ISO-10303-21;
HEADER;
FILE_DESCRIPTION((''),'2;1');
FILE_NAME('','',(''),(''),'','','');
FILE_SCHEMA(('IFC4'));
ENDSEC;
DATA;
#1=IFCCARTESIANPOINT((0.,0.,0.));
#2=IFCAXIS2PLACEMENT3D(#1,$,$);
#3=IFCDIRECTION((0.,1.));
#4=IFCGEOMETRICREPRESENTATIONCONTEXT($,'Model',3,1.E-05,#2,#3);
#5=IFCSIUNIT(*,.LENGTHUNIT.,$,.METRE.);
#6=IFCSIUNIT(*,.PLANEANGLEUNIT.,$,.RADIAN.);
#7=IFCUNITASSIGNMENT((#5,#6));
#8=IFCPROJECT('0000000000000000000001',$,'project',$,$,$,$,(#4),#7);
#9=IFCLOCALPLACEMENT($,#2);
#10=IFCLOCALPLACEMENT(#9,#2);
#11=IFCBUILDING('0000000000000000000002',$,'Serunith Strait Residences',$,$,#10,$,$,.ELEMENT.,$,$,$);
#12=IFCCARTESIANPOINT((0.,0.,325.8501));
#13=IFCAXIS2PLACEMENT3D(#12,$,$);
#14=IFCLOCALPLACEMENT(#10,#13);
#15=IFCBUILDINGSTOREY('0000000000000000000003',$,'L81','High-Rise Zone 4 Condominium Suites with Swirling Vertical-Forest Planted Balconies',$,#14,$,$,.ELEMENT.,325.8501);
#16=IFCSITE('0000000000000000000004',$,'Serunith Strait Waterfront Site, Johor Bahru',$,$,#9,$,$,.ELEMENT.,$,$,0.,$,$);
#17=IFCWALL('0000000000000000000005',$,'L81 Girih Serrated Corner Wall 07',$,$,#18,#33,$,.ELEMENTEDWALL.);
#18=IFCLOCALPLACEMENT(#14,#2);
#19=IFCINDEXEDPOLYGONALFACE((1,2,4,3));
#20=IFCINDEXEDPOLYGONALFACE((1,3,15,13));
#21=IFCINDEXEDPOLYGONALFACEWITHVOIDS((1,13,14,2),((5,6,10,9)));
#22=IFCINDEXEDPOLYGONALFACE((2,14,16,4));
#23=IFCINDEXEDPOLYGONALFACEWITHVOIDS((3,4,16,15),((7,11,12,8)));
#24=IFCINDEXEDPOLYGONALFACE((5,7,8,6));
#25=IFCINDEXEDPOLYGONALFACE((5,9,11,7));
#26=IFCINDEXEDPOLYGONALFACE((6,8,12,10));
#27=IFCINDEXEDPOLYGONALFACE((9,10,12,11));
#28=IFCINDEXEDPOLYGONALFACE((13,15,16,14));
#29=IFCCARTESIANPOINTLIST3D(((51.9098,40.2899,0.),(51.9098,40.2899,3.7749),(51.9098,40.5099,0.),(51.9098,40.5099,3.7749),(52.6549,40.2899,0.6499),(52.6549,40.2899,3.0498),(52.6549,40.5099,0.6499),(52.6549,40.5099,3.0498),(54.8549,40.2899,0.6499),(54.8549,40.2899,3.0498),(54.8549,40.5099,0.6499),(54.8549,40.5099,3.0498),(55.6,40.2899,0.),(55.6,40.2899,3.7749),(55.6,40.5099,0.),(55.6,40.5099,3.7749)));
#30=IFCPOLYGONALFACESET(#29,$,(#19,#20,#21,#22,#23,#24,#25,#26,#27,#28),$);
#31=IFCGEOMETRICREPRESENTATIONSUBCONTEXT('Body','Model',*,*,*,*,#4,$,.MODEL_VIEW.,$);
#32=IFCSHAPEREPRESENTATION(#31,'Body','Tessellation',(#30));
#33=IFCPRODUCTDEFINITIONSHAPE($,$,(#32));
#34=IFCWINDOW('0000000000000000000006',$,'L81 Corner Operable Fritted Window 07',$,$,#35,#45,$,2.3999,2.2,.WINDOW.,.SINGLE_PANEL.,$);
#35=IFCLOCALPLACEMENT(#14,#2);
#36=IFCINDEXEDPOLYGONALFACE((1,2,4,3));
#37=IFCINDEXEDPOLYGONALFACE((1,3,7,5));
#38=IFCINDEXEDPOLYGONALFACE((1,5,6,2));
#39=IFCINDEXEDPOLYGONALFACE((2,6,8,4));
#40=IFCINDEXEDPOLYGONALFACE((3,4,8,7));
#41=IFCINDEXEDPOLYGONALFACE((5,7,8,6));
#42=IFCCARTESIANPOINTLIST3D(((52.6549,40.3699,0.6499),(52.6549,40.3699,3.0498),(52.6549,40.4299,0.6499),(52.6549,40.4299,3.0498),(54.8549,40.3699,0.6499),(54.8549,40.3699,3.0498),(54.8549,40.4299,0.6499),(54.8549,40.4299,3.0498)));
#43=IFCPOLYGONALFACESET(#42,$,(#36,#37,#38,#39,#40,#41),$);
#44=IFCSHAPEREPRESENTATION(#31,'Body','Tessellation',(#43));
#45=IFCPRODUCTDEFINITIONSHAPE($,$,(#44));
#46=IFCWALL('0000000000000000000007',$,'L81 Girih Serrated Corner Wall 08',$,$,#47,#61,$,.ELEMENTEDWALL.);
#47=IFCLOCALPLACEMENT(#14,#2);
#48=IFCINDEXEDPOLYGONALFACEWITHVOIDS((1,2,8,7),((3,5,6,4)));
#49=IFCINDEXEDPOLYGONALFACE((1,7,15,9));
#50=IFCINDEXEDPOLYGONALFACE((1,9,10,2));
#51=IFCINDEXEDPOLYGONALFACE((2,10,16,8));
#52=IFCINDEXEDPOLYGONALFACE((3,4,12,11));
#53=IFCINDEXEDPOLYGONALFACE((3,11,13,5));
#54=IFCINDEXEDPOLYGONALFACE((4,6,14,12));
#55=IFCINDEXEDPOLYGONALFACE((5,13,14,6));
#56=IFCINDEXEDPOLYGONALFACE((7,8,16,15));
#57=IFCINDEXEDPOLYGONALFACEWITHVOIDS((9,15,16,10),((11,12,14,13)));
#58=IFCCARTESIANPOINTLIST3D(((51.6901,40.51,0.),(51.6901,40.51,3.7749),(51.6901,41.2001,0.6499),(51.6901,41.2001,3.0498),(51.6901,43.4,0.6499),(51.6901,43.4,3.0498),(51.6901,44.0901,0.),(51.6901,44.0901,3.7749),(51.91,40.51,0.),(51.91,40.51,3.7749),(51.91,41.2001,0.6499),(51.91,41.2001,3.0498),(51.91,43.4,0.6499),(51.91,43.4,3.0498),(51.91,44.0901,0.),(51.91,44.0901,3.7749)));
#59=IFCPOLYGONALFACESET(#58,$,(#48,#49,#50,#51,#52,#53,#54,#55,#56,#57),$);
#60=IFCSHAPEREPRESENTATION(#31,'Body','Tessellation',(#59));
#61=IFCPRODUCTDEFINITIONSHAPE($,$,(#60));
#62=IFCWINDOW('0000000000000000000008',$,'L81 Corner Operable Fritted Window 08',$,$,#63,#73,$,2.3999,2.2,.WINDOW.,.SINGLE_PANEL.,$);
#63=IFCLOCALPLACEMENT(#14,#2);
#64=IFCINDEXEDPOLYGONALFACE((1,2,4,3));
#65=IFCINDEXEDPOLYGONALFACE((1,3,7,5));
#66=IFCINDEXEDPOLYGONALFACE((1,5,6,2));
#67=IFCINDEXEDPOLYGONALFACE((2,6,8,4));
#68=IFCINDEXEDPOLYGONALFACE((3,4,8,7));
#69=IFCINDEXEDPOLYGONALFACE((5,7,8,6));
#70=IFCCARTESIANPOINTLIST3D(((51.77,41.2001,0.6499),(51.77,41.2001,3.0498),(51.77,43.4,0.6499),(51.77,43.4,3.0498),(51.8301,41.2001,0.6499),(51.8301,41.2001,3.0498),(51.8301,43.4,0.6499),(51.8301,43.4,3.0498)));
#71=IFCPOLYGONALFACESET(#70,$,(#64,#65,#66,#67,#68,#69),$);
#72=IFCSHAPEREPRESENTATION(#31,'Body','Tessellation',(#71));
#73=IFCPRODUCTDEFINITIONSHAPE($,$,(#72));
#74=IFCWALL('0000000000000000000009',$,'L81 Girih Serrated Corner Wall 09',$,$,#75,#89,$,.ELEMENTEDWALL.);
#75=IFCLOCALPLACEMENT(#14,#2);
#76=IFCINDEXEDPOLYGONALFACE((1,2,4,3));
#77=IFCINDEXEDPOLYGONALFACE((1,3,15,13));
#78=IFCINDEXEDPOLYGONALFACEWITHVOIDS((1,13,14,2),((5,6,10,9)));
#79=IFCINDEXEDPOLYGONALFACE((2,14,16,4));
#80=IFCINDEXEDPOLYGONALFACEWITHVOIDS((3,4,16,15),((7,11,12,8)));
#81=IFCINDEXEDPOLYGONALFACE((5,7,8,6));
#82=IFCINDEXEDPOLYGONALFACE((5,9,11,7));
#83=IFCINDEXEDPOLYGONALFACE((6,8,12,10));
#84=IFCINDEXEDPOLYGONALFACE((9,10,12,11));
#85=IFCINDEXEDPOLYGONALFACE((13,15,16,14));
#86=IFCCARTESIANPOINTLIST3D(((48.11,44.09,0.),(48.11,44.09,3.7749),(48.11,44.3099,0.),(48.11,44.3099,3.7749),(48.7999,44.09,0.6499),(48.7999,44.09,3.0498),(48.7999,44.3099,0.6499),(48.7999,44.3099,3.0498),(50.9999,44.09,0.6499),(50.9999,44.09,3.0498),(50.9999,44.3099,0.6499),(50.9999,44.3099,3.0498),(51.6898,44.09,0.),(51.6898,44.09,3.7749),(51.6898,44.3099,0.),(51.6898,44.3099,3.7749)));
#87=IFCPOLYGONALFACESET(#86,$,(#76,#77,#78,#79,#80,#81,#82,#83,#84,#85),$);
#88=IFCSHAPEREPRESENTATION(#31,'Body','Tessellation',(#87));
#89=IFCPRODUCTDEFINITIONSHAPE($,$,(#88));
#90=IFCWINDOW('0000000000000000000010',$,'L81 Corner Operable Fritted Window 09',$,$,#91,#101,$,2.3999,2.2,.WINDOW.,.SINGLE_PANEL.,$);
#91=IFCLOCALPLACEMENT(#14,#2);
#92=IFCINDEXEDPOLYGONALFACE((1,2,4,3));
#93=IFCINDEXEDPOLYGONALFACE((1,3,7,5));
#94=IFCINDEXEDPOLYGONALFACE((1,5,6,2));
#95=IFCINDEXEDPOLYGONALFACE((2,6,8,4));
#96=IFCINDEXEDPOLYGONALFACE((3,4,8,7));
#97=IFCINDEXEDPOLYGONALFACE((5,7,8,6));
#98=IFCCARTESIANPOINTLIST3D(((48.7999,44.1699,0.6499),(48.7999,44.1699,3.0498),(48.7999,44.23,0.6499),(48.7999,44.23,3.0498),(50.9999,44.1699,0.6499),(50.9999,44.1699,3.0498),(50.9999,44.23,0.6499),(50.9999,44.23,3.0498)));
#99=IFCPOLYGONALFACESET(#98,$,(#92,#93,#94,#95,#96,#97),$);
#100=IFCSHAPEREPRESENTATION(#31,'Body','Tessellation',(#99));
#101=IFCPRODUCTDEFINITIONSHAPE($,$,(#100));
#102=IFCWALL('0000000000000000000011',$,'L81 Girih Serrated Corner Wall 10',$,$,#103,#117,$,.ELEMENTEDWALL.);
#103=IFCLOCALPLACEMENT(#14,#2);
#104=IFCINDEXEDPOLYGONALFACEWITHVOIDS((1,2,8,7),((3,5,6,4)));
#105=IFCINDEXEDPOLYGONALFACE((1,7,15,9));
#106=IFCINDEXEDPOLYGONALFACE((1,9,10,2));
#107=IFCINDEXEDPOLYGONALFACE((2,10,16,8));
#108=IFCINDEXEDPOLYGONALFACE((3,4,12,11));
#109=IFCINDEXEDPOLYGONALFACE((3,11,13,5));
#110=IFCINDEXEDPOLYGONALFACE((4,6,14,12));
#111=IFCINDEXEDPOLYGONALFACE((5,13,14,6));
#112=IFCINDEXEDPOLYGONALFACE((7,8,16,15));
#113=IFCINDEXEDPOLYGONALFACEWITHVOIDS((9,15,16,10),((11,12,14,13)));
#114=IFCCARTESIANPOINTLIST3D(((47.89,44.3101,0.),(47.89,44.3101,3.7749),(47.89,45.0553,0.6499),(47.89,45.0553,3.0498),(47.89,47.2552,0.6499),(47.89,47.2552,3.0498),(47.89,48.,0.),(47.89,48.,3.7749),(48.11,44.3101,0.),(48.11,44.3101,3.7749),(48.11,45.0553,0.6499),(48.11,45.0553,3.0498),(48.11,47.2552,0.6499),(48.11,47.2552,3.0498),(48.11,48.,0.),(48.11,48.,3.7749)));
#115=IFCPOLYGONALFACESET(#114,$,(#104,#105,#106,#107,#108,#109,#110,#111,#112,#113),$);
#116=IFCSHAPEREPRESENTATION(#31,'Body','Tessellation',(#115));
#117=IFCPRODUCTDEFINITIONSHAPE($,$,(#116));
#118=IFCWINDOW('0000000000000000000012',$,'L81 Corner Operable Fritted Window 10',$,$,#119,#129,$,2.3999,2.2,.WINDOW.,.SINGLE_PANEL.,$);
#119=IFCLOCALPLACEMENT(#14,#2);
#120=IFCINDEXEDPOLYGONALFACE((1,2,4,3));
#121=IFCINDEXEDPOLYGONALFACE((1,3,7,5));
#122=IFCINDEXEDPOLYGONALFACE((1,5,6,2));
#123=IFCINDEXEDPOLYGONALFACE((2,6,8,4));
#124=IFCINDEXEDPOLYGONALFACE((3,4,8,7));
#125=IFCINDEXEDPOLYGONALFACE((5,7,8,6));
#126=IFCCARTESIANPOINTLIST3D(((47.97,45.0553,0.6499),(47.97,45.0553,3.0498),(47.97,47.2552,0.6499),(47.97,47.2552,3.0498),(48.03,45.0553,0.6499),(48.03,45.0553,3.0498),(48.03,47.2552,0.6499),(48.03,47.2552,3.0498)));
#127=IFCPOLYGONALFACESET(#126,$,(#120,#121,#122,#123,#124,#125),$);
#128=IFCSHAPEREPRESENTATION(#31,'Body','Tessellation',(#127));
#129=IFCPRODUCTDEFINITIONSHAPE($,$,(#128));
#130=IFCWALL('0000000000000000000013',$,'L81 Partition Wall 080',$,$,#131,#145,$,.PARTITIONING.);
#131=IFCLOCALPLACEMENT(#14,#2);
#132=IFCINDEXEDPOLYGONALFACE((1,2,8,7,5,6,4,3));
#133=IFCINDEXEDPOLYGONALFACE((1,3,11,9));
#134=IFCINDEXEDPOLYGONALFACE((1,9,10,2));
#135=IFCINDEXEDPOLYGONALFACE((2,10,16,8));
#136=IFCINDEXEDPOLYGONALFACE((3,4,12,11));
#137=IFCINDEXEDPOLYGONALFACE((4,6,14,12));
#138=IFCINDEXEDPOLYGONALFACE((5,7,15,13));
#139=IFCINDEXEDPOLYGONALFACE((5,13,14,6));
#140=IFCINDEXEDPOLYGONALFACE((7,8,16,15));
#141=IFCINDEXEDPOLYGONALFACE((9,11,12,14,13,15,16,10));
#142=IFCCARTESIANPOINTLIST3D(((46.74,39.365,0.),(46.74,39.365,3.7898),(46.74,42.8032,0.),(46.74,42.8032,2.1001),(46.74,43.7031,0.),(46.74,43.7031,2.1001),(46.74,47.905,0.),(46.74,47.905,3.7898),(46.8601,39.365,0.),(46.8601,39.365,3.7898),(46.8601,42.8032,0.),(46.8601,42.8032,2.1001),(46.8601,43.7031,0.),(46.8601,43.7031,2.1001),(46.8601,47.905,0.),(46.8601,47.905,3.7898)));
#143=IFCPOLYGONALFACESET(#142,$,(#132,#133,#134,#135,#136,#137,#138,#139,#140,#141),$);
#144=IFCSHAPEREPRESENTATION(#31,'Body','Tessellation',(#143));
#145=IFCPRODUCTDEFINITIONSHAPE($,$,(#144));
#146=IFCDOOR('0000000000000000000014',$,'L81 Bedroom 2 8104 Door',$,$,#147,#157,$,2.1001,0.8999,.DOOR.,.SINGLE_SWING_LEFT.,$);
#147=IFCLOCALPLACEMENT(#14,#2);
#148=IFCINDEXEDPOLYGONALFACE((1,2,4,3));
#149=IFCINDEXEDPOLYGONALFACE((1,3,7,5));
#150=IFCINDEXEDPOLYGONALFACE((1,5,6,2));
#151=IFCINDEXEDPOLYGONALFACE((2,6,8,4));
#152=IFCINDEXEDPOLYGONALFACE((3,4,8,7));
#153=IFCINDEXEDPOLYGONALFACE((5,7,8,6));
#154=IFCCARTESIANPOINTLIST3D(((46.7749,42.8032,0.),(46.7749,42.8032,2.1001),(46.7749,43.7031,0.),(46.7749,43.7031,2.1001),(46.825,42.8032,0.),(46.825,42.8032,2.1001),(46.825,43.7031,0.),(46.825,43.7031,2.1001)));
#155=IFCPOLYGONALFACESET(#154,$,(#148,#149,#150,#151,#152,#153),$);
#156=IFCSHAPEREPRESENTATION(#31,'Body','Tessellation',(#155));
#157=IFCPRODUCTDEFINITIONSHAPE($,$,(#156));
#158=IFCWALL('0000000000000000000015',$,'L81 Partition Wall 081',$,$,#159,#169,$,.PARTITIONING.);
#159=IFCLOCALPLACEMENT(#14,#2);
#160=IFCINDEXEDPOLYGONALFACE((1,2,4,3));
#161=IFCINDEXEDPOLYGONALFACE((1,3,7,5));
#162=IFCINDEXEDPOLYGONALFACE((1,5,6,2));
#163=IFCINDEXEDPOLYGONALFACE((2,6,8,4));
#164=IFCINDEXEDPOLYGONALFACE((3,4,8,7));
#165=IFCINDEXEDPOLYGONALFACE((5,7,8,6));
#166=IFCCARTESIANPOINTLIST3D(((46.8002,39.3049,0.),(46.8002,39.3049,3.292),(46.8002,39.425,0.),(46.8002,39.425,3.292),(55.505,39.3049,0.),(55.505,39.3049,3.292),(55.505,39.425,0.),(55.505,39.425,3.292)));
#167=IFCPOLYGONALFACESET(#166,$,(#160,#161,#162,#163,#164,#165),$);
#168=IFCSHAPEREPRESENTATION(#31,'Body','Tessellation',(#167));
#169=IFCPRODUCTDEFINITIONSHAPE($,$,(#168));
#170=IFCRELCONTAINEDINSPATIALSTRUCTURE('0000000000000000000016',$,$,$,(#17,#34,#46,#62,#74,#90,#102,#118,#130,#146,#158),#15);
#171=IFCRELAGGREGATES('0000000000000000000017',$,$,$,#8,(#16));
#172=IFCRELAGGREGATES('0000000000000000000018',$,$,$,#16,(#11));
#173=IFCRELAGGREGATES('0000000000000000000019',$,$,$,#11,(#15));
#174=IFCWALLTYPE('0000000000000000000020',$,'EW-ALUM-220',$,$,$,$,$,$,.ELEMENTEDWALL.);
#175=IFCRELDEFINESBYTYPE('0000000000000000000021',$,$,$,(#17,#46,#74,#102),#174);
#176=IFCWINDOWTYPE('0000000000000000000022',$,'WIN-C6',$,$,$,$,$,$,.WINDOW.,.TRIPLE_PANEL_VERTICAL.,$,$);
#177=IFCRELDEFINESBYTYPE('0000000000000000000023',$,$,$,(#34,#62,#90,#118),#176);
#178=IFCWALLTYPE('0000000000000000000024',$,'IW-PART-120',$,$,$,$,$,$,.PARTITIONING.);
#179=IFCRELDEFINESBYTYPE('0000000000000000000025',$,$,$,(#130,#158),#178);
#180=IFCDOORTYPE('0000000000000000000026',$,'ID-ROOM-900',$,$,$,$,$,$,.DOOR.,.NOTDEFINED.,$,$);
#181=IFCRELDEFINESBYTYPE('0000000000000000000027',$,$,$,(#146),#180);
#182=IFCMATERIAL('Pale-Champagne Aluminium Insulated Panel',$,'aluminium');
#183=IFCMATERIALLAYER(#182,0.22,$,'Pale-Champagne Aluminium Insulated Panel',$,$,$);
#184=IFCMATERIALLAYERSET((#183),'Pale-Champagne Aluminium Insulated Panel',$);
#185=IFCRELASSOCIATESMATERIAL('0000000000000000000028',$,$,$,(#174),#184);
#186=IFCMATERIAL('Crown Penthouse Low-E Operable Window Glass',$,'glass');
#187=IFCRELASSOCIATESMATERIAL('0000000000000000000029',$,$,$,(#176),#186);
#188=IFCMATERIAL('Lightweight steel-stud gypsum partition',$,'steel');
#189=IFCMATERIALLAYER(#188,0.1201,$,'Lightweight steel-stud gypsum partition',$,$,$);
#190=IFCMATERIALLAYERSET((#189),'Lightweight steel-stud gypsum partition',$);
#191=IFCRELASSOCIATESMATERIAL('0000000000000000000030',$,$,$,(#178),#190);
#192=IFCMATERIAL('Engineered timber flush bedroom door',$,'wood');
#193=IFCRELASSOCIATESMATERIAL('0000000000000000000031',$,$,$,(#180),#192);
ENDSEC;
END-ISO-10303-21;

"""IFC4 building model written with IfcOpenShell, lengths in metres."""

from ifc_helpers import new_model, si_unit, direction, frame, frame_2d, origin, place, context, subcontext, project, spatial, rectangle, extrude, source, transform, mapped, material, layer, layer_set, type_object, element, fill, save


model = new_model("IFC4")

# Units and contexts
model_context = context("Model", 3, precision=1e-05, world=origin(), true_north=direction((0.0, 1.0)))
body_context = subcontext(model_context, "Body", "Model", "MODEL_VIEW")
ifc_project = project(units=[si_unit("LENGTHUNIT", "METRE"), si_unit("PLANEANGLEUNIT", "RADIAN")], contexts=[model_context])

# Site, building, storey
site_placement = place(None, origin())
site = spatial("IfcSite", under=ifc_project, at=site_placement, Name="Serunith Strait Waterfront Site, Johor Bahru", CompositionType="ELEMENT", RefElevation=0.0)
building_placement = place(site_placement, origin())
building = spatial("IfcBuilding", under=site, at=building_placement, Name="Serunith Strait Residences", CompositionType="ELEMENT")
storey_placement = place(building_placement, frame((0.0, 0.0, 325.8501)))
storey = spatial("IfcBuildingStorey", under=building, at=storey_placement, Name="L81", Description="High-Rise Zone 4 Condominium Suites with Swirling Vertical-Forest Planted Balconies", CompositionType="ELEMENT", Elevation=325.8501)

# Walls, openings, windows
ifc_material_1 = material(Name="Pale-Champagne Aluminium Insulated Panel", Category="aluminium")
ifc_layer_1 = layer(ifc_material_1, 0.22, Name="Pale-Champagne Aluminium Insulated Panel")
ifc_layer_set_1 = layer_set([ifc_layer_1], Name="Pale-Champagne Aluminium Insulated Panel")
wall_type_1 = type_object("IfcWallType", Name="EW-ALUM-220", PredefinedType="ELEMENTEDWALL", material=ifc_layer_set_1)
wall_1_placement = place(storey_placement, frame((55.6001, 40.3999, 0.0), z_axis=(0.0, 0.0, 1.0), x_axis=(-1.0, 0.0, 0.0)))
wall_1 = element("IfcWall", 1, at=wall_1_placement, inside=storey, type_object=wall_type_1, Name="L81 Girih Serrated Corner Wall 07", PredefinedType="ELEMENTEDWALL", context=body_context, shape_type="SweptSolid", body=[
    extrude(rectangle(XDim=3.6902, YDim=0.22, at=frame_2d((1.8452, 0.0))), origin(), (0.0, 0.0, 1.0), 3.7749),
])
opening_1_placement = place(wall_1_placement, frame((0.7451, 0.0, 0.6499)))
opening_1 = element("IfcOpeningElement", 2, at=opening_1_placement, cuts=wall_1, PredefinedType="OPENING", context=body_context, shape_type="SweptSolid", body=[
    extrude(rectangle(XDim=2.2, YDim=2.3999, at=frame_2d((1.1001, 1.2))), frame((0.0, 0.1201, 0.0), z_axis=(0.0, -1.0, 0.0), x_axis=(1.0, 0.0, 0.0)), (0.0, 0.0, 1.0), 0.24),
])
ifc_material_2 = material(Name="Crown Penthouse Low-E Operable Window Glass", Category="glass")
window_type = type_object("IfcWindowType", Name="WIN-C6", PartitioningType="TRIPLE_PANEL_VERTICAL", PredefinedType="WINDOW", material=ifc_material_2)
shared_shape_1 = source(origin(), body_context, "Body", "SweptSolid", [
    extrude(rectangle(XDim=2.2, YDim=2.3999, at=frame_2d((1.1001, 1.2))), frame((0.0, 0.03, 0.0), z_axis=(0.0, -1.0, 0.0), x_axis=(1.0, 0.0, 0.0)), (0.0, 0.0, 1.0), 0.0601),
])
window_1_placement = place(opening_1_placement, origin())
window_1 = element("IfcWindow", 3, at=window_1_placement, inside=storey, type_object=window_type, Name="L81 Corner Operable Fritted Window 07", OverallHeight=2.3999, OverallWidth=2.2, PartitioningType="SINGLE_PANEL", PredefinedType="WINDOW", context=body_context, shape_type="MappedRepresentation", body=[
    mapped(shared_shape_1, transform((0.0, 0.0, 0.0), scale=1.0)),
])
fill(opening_1, window_1)
wall_2_placement = place(storey_placement, frame((51.8, 40.51, 0.0), z_axis=(0.0, 0.0, 1.0), x_axis=(0.0, 1.0, 0.0)))
wall_2 = element("IfcWall", 4, at=wall_2_placement, inside=storey, type_object=wall_type_1, Name="L81 Girih Serrated Corner Wall 08", PredefinedType="ELEMENTEDWALL", context=body_context, shape_type="SweptSolid", body=[
    extrude(rectangle(XDim=3.5801, YDim=0.22, at=frame_2d((1.79, 0.0))), origin(), (0.0, 0.0, 1.0), 3.7749),
])
opening_2_placement = place(wall_2_placement, frame((0.6899, 0.0, 0.6499)))
opening_2 = element("IfcOpeningElement", 5, at=opening_2_placement, cuts=wall_2, PredefinedType="OPENING", context=body_context, shape_type="SweptSolid", body=[
    extrude(rectangle(XDim=2.2, YDim=2.3999, at=frame_2d((1.1001, 1.2))), frame((0.0, 0.1201, 0.0), z_axis=(0.0, -1.0, 0.0), x_axis=(1.0, 0.0, 0.0)), (0.0, 0.0, 1.0), 0.24),
])
window_2_placement = place(opening_2_placement, origin())
window_2 = element("IfcWindow", 6, at=window_2_placement, inside=storey, type_object=window_type, Name="L81 Corner Operable Fritted Window 08", OverallHeight=2.3999, OverallWidth=2.2, PartitioningType="SINGLE_PANEL", PredefinedType="WINDOW", context=body_context, shape_type="MappedRepresentation", body=[
    mapped(shared_shape_1, transform((0.0, 0.0, 0.0), scale=1.0)),
])
fill(opening_2, window_2)
wall_3_placement = place(storey_placement, frame((51.6899, 44.2, 0.0), z_axis=(0.0, 0.0, 1.0), x_axis=(-1.0, 0.0, 0.0)))
wall_3 = element("IfcWall", 7, at=wall_3_placement, inside=storey, type_object=wall_type_1, Name="L81 Girih Serrated Corner Wall 09", PredefinedType="ELEMENTEDWALL", context=body_context, shape_type="SweptSolid", body=[
    extrude(rectangle(XDim=3.5798, YDim=0.22, at=frame_2d((1.79, 0.0))), origin(), (0.0, 0.0, 1.0), 3.7749),
])
opening_3_placement = place(wall_3_placement, frame((0.6899, 0.0, 0.6499)))
opening_3 = element("IfcOpeningElement", 8, at=opening_3_placement, cuts=wall_3, PredefinedType="OPENING", context=body_context, shape_type="SweptSolid", body=[
    extrude(rectangle(XDim=2.2, YDim=2.3999, at=frame_2d((1.1001, 1.2))), frame((0.0, 0.1201, 0.0), z_axis=(0.0, -1.0, 0.0), x_axis=(1.0, 0.0, 0.0)), (0.0, 0.0, 1.0), 0.24),
])
window_3_placement = place(opening_3_placement, origin())
window_3 = element("IfcWindow", 9, at=window_3_placement, inside=storey, type_object=window_type, Name="L81 Corner Operable Fritted Window 09", OverallHeight=2.3999, OverallWidth=2.2, PartitioningType="SINGLE_PANEL", PredefinedType="WINDOW", context=body_context, shape_type="MappedRepresentation", body=[
    mapped(shared_shape_1, transform((0.0, 0.0, 0.0), scale=1.0)),
])
fill(opening_3, window_3)
wall_4_placement = place(storey_placement, frame((48.0, 44.3101, 0.0), z_axis=(0.0, 0.0, 1.0), x_axis=(0.0, 1.0, 0.0)))
wall_4 = element("IfcWall", 10, at=wall_4_placement, inside=storey, type_object=wall_type_1, Name="L81 Girih Serrated Corner Wall 10", PredefinedType="ELEMENTEDWALL", context=body_context, shape_type="SweptSolid", body=[
    extrude(rectangle(XDim=3.6899, YDim=0.22, at=frame_2d((1.845, 0.0))), origin(), (0.0, 0.0, 1.0), 3.7749),
])
opening_4_placement = place(wall_4_placement, frame((0.7451, 0.0, 0.6499)))
opening_4 = element("IfcOpeningElement", 11, at=opening_4_placement, cuts=wall_4, PredefinedType="OPENING", context=body_context, shape_type="SweptSolid", body=[
    extrude(rectangle(XDim=2.2, YDim=2.3999, at=frame_2d((1.1001, 1.2))), frame((0.0, 0.1201, 0.0), z_axis=(0.0, -1.0, 0.0), x_axis=(1.0, 0.0, 0.0)), (0.0, 0.0, 1.0), 0.24),
])
window_4_placement = place(opening_4_placement, origin())
window_4 = element("IfcWindow", 12, at=window_4_placement, inside=storey, type_object=window_type, Name="L81 Corner Operable Fritted Window 10", OverallHeight=2.3999, OverallWidth=2.2, PartitioningType="SINGLE_PANEL", PredefinedType="WINDOW", context=body_context, shape_type="MappedRepresentation", body=[
    mapped(shared_shape_1, transform((0.0, 0.0, 0.0), scale=1.0)),
])
fill(opening_4, window_4)

# Wall, opening, door
ifc_material_3 = material(Name="Lightweight steel-stud gypsum partition", Category="steel")
ifc_layer_2 = layer(ifc_material_3, 0.1201, Name="Lightweight steel-stud gypsum partition")
ifc_layer_set_2 = layer_set([ifc_layer_2], Name="Lightweight steel-stud gypsum partition")
wall_type_2 = type_object("IfcWallType", Name="IW-PART-120", PredefinedType="PARTITIONING", material=ifc_layer_set_2)
wall_5_placement = place(storey_placement, frame((46.8, 47.905, 0.0), z_axis=(0.0, 0.0, 1.0), x_axis=(0.0, -1.0, 0.0)))
wall_5 = element("IfcWall", 13, at=wall_5_placement, inside=storey, type_object=wall_type_2, Name="L81 Partition Wall 080", PredefinedType="PARTITIONING", context=body_context, shape_type="SweptSolid", body=[
    extrude(rectangle(XDim=8.54, YDim=0.1201, at=frame_2d((4.27, 0.0))), origin(), (0.0, 0.0, 1.0), 3.7898),
])
opening_5_placement = place(wall_5_placement, frame((4.2019, 0.0, 0.0)))
opening_5 = element("IfcOpeningElement", 14, at=opening_5_placement, cuts=wall_5, PredefinedType="OPENING", context=body_context, shape_type="SweptSolid", body=[
    extrude(rectangle(XDim=0.8999, YDim=2.1001, at=frame_2d((0.45, 1.05))), frame((0.0, 0.0701, 0.0), z_axis=(0.0, -1.0, 0.0), x_axis=(1.0, 0.0, 0.0)), (0.0, 0.0, 1.0), 0.1401),
])
ifc_material_4 = material(Name="Engineered timber flush bedroom door", Category="wood")
door_type_1 = type_object("IfcDoorType", Name="ID-ROOM-900", OperationType="NOTDEFINED", PredefinedType="DOOR", material=ifc_material_4)
shared_shape_2 = source(origin(), body_context, "Body", "SweptSolid", [
    extrude(rectangle(XDim=0.8999, YDim=2.1001, at=frame_2d((0.45, 1.05))), frame((0.0, 0.0249, 0.0), z_axis=(0.0, -1.0, 0.0), x_axis=(1.0, 0.0, 0.0)), (0.0, 0.0, 1.0), 0.05),
])
door_1_placement = place(opening_5_placement, origin())
door_1 = element("IfcDoor", 15, at=door_1_placement, inside=storey, type_object=door_type_1, Name="L81 Bedroom 2 8104 Door", OperationType="SINGLE_SWING_LEFT", OverallHeight=2.1001, OverallWidth=0.8999, PredefinedType="DOOR", context=body_context, shape_type="MappedRepresentation", body=[
    mapped(shared_shape_2, transform((0.0, 0.0, 0.0), scale=1.0)),
])
fill(opening_5, door_1)

# Wall
wall_6_placement = place(storey_placement, frame((46.8, 39.365, 0.0), z_axis=(0.0, 0.0, 1.0), x_axis=(1.0, 0.0, 0.0)))
element("IfcWall", 16, at=wall_6_placement, inside=storey, type_object=wall_type_2, Name="L81 Partition Wall 081", PredefinedType="PARTITIONING", context=body_context, shape_type="SweptSolid", body=[
    extrude(rectangle(XDim=8.7048, YDim=0.1201, at=frame_2d((4.3525, 0.0))), origin(), (0.0, 0.0, 1.0), 3.292),
])

save(model, "model.ifc")
